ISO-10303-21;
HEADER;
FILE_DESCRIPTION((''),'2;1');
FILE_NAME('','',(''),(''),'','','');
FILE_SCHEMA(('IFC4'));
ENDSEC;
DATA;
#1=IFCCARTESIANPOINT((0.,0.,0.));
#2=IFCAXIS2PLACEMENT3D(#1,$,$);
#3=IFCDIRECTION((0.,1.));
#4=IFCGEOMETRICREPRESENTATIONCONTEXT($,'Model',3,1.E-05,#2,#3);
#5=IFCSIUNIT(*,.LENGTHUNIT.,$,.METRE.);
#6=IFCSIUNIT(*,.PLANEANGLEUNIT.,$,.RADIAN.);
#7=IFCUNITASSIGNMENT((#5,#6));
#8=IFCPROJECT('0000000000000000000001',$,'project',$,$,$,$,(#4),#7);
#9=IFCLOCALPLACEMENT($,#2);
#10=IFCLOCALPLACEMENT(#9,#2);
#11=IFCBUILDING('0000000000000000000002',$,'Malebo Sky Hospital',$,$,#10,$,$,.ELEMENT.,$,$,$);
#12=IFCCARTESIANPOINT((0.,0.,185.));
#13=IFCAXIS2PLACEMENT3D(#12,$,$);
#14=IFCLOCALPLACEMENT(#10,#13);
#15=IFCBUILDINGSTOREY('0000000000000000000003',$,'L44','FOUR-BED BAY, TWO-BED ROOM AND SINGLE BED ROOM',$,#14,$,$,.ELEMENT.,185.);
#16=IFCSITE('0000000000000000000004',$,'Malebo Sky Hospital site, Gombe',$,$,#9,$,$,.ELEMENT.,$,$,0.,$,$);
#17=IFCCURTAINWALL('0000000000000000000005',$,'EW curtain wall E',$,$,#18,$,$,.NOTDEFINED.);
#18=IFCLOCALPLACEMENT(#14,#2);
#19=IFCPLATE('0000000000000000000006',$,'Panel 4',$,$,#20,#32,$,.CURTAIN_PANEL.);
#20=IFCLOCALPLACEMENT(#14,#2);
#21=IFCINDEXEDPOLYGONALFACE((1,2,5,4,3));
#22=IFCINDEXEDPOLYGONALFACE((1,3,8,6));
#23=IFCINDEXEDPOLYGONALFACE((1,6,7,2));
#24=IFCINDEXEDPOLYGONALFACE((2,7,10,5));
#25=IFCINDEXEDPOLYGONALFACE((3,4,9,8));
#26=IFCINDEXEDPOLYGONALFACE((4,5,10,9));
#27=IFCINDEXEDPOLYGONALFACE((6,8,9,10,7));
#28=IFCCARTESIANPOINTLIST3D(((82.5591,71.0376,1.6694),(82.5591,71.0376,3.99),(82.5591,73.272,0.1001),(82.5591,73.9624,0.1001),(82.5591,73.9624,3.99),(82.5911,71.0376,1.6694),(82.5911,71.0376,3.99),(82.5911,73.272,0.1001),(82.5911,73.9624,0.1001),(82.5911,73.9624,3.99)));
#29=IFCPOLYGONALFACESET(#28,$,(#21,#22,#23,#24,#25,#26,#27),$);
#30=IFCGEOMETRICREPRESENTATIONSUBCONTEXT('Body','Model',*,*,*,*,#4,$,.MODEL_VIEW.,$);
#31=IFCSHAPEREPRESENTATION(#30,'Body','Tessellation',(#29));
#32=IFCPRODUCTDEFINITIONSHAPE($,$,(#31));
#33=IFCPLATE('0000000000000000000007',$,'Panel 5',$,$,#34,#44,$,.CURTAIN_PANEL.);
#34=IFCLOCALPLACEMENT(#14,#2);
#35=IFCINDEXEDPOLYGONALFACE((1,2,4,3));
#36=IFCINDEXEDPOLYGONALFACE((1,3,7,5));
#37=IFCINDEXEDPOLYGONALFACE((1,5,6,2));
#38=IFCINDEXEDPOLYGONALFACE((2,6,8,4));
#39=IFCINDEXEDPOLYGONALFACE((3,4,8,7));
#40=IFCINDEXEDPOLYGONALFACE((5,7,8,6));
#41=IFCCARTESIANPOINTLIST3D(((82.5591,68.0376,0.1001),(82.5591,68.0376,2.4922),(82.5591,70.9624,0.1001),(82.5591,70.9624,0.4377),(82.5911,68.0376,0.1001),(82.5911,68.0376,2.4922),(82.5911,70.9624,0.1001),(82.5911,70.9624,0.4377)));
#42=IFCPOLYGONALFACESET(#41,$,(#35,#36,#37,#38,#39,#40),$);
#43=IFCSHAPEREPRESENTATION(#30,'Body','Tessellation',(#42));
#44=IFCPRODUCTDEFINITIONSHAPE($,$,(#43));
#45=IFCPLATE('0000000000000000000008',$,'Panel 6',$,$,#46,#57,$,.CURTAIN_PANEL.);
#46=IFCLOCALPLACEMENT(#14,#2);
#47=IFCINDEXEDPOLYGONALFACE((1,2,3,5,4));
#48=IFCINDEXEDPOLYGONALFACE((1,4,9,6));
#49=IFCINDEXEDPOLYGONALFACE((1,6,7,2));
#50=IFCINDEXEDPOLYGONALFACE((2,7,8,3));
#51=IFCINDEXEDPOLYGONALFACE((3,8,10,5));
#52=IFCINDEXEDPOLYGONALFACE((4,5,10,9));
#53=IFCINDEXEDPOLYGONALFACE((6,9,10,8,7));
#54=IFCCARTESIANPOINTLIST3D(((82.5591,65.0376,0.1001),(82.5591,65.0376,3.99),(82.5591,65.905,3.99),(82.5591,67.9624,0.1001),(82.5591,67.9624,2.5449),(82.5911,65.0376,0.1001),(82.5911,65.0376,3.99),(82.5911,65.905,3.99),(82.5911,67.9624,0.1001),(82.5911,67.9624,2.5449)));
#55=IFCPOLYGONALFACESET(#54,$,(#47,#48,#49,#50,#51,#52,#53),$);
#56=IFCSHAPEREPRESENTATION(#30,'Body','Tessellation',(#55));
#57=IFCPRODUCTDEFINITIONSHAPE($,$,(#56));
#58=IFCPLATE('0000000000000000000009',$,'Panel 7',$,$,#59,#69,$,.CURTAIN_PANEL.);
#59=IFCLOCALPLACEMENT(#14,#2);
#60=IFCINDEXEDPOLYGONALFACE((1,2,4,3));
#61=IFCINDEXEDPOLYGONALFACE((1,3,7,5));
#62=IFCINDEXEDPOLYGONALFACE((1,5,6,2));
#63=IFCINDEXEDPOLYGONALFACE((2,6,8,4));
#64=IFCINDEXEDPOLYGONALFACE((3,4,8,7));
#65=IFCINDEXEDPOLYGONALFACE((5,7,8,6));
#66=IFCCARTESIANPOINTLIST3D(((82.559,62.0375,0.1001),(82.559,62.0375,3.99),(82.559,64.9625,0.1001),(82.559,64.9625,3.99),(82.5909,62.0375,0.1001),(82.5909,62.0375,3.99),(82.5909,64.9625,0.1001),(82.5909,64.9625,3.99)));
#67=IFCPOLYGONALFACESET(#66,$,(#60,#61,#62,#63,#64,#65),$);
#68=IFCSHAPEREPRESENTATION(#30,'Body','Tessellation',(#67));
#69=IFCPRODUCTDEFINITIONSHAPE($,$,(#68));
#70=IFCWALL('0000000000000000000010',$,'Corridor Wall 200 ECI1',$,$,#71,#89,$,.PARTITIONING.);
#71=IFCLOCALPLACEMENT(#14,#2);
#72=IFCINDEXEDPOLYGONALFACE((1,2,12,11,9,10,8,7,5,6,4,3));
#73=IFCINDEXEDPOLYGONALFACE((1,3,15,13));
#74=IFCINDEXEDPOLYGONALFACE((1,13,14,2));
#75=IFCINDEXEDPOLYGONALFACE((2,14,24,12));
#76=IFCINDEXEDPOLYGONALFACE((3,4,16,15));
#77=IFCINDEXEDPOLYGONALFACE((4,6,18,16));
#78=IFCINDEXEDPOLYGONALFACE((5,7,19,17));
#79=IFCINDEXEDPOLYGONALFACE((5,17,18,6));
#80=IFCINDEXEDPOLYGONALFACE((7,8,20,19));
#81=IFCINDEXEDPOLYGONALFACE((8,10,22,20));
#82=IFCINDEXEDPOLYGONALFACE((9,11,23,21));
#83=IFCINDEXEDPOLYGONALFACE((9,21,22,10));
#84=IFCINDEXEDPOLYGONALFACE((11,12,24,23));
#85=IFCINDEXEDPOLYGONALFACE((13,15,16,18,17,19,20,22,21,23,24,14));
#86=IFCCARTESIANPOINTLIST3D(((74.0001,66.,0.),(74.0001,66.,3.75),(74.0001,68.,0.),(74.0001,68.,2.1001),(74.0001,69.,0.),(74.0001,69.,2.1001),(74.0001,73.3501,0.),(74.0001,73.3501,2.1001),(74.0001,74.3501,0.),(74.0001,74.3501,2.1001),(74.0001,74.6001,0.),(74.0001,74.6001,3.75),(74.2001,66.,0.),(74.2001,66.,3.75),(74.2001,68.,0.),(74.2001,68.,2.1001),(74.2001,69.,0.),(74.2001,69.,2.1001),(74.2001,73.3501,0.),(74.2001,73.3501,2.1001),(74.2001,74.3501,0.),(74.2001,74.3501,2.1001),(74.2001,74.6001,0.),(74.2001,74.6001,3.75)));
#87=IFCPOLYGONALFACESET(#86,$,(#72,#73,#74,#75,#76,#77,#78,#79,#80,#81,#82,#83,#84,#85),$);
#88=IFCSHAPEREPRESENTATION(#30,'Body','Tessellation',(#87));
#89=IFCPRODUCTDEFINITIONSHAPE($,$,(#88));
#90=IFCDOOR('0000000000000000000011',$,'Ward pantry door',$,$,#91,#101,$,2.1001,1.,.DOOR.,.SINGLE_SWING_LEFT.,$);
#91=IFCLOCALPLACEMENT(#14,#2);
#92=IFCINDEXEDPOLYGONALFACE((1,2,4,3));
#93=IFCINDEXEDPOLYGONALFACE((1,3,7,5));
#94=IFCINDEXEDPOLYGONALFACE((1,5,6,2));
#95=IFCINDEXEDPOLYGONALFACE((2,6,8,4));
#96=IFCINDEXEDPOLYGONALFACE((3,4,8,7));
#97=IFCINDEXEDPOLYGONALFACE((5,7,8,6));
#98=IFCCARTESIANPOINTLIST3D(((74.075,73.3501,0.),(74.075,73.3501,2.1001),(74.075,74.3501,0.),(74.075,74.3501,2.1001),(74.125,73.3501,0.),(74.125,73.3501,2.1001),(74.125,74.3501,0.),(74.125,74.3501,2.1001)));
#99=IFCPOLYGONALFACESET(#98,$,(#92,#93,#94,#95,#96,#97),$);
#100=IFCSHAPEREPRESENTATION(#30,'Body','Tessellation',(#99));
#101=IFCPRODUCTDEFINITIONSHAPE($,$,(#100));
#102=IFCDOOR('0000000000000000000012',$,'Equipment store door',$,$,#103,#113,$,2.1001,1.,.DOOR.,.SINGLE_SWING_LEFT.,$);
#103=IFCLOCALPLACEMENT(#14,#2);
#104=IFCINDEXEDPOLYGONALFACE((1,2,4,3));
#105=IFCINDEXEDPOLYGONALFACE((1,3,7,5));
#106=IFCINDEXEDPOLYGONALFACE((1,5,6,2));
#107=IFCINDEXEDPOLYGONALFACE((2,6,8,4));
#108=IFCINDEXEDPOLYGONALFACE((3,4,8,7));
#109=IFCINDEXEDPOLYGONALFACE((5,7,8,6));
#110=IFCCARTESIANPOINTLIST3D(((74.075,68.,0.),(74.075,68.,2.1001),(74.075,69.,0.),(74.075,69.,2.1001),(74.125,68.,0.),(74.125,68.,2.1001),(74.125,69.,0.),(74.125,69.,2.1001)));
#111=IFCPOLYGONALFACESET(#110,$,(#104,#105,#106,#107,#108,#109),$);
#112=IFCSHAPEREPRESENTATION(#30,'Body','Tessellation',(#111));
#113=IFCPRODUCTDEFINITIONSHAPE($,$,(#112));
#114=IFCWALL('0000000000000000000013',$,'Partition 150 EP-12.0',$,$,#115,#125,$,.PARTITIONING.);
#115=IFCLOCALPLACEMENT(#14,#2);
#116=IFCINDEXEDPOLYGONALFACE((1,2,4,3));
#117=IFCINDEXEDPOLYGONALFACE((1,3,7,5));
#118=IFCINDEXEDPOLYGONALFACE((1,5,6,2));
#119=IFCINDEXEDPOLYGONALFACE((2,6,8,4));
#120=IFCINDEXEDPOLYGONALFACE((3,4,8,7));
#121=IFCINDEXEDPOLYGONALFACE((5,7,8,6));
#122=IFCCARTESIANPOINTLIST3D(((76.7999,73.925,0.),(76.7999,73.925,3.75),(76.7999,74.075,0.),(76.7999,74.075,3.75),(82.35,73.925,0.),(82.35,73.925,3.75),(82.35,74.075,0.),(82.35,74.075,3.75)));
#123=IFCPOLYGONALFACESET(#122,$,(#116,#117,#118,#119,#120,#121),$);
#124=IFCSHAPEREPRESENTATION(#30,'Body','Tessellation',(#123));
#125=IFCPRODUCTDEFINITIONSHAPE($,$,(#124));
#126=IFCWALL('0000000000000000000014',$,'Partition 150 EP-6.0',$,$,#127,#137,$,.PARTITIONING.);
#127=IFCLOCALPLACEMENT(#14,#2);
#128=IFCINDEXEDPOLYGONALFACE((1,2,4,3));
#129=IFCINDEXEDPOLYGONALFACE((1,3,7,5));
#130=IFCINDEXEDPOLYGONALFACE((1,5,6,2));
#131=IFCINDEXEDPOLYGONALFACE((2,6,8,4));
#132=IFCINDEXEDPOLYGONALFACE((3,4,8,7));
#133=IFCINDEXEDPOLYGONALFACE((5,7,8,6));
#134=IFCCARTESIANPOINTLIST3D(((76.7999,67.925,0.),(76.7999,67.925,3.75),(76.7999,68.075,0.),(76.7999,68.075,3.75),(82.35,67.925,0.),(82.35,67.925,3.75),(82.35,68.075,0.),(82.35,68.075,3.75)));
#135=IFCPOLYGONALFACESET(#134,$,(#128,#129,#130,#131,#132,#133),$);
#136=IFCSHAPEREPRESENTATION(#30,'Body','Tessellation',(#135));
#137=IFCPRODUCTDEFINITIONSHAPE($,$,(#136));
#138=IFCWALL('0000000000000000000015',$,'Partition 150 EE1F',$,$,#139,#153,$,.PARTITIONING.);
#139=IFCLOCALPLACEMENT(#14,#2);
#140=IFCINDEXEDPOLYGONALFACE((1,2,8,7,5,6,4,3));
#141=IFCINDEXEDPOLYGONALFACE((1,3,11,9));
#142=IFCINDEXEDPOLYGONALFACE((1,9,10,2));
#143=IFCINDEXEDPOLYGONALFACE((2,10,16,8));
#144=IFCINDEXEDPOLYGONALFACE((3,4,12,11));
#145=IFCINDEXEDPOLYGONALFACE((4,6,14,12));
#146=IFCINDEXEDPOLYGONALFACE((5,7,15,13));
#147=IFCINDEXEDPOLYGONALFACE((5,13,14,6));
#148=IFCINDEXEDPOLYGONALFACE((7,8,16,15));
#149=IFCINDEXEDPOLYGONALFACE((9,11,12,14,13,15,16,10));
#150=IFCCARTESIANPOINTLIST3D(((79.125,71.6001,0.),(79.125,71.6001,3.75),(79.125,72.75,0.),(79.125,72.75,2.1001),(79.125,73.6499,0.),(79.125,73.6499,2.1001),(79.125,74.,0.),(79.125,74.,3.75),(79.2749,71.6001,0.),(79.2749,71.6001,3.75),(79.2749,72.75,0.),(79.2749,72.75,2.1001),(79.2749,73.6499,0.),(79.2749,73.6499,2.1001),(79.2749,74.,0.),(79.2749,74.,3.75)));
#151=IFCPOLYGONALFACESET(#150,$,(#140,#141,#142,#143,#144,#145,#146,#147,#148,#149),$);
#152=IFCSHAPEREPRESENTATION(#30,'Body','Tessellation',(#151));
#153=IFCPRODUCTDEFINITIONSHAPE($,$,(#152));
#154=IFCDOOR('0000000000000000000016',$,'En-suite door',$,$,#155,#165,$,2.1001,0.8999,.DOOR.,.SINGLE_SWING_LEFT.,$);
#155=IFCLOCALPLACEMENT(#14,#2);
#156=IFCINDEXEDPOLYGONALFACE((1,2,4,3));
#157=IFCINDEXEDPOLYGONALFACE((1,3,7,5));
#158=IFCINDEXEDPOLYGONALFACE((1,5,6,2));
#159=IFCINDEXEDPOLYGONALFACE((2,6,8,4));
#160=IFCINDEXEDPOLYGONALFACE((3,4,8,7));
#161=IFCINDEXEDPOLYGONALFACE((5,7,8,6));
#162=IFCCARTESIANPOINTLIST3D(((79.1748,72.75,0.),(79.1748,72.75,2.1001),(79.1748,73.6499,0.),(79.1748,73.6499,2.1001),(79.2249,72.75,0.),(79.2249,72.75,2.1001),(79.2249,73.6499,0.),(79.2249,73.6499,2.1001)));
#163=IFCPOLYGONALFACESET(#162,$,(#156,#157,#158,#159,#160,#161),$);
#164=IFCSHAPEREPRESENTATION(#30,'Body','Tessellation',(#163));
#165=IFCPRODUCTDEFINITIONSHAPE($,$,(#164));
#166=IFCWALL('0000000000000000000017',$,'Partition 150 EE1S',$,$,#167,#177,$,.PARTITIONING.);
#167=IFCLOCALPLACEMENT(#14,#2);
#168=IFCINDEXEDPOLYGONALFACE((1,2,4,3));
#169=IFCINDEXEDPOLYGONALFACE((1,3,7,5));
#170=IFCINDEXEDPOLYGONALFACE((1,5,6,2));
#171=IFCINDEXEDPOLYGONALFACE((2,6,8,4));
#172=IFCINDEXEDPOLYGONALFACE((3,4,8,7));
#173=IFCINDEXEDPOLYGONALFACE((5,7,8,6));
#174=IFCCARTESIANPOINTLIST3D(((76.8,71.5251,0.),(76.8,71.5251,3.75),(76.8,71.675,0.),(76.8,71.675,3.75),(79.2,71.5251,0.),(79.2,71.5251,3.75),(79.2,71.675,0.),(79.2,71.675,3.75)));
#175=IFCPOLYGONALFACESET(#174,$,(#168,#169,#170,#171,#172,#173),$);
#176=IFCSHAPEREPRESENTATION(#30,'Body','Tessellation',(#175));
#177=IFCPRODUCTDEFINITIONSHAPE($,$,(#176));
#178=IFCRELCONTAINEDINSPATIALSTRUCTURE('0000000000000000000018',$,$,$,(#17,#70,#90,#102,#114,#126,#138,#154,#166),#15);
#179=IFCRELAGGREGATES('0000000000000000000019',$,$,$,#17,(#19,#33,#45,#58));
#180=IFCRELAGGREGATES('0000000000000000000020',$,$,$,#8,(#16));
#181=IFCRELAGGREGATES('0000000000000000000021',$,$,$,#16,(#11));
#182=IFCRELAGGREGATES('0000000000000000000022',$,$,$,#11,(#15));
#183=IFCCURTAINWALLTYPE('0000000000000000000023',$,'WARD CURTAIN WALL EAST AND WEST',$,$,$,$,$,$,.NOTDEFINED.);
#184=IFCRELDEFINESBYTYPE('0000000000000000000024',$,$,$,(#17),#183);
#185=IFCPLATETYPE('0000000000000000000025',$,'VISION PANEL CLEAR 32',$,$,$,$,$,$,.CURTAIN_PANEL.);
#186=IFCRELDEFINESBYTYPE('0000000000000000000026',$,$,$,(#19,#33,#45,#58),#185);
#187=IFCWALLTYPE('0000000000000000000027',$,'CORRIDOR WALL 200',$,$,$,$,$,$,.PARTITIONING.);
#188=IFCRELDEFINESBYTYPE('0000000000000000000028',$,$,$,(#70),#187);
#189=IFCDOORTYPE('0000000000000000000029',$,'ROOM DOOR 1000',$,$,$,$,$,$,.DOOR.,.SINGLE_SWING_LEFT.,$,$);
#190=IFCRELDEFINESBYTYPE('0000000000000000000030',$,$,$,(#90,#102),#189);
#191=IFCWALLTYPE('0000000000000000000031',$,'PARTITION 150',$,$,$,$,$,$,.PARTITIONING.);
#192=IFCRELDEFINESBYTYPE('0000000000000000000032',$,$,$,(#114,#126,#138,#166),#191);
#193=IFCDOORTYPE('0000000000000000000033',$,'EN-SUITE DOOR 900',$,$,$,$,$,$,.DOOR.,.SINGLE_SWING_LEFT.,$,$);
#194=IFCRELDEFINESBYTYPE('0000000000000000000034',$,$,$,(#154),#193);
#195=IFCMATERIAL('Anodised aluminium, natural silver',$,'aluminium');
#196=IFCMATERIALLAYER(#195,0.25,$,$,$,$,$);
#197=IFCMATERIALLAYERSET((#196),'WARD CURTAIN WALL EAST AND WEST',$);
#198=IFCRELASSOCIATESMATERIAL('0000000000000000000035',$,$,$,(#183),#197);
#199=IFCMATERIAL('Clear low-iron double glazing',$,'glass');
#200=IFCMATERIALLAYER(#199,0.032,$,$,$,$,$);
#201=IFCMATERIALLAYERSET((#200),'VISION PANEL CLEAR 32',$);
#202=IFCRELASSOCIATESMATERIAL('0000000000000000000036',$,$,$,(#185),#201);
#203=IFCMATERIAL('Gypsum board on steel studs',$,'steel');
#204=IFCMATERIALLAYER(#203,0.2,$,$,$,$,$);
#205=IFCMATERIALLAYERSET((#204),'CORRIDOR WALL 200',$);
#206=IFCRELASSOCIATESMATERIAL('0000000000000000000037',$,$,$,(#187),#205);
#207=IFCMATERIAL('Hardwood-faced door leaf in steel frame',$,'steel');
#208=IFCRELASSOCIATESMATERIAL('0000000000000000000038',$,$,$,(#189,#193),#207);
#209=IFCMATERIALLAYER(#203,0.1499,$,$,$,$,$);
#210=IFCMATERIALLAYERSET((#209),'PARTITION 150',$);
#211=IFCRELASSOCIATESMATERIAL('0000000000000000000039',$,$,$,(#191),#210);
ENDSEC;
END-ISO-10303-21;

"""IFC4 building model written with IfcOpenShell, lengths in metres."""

from ifc_helpers import new_model, si_unit, direction, frame, frame_2d, origin, origin_2d, place, context, subcontext, project, spatial, polyline, rectangle, outline, extrude, material, layer, layer_set, type_object, element, fill, aggregate, save


model = new_model("IFC4")

# Units and contexts
model_context = context("Model", 3, precision=1e-05, world=origin(), true_north=direction((0.0, 1.0)))
body_context = subcontext(model_context, "Body", "Model", "MODEL_VIEW")
ifc_project = project(units=[si_unit("LENGTHUNIT", "METRE"), si_unit("PLANEANGLEUNIT", "RADIAN")], contexts=[model_context])

# Site, building, storey
site_placement = place(None, origin())
site = spatial("IfcSite", under=ifc_project, at=site_placement, Name="Malebo Sky Hospital site, Gombe", CompositionType="ELEMENT", RefElevation=0.0)
building_placement = place(site_placement, origin())
building = spatial("IfcBuilding", under=site, at=building_placement, Name="Malebo Sky Hospital", CompositionType="ELEMENT")
storey_placement = place(building_placement, frame((0.0, 0.0, 185.0)))
storey = spatial("IfcBuildingStorey", under=building, at=storey_placement, Name="L44", Description="FOUR-BED BAY, TWO-BED ROOM AND SINGLE BED ROOM", CompositionType="ELEMENT", Elevation=185.0)

# Curtain wall
ifc_material_1 = material(Name="Anodised aluminium, natural silver", Category="aluminium")
ifc_layer_1 = layer(ifc_material_1, 0.25)
ifc_layer_set_1 = layer_set([ifc_layer_1], Name="WARD CURTAIN WALL EAST AND WEST")
curtain_wall_type = type_object("IfcCurtainWallType", Name="WARD CURTAIN WALL EAST AND WEST", PredefinedType="NOTDEFINED", material=ifc_layer_set_1)
curtain_wall_placement = place(storey_placement, origin())
curtain_wall = element("IfcCurtainWall", 1, at=curtain_wall_placement, inside=storey, type_object=curtain_wall_type, Name="EW curtain wall E", PredefinedType="NOTDEFINED")

# Plates
ifc_material_2 = material(Name="Clear low-iron double glazing", Category="glass")
ifc_layer_2 = layer(ifc_material_2, 0.032)
ifc_layer_set_2 = layer_set([ifc_layer_2], Name="VISION PANEL CLEAR 32")
plate_type = type_object("IfcPlateType", Name="VISION PANEL CLEAR 32", PredefinedType="CURTAIN_PANEL", material=ifc_layer_set_2)
plate_1_placement = place(storey_placement, frame((82.575, 72.5, 0.1001), z_axis=(0.0, 0.0, 1.0), x_axis=(0.0, -1.0, 0.0)))
plate_1 = element("IfcPlate", 2, at=plate_1_placement, type_object=plate_type, Name="Panel 4", PredefinedType="CURTAIN_PANEL", context=body_context, shape_type="SweptSolid", body=[
    extrude(outline(polyline([(-1.4624, 0.0), (-0.772, 0.0), (1.4624, 1.5693), (1.4624, 3.8899), (-1.4624, 3.8899), (-1.4624, 0.0)])), frame((0.0, 0.0161, 0.0), z_axis=(0.0, -1.0, 0.0), x_axis=(1.0, 0.0, 0.0)), (0.0, 0.0, 1.0), 0.032),
])
plate_2_placement = place(storey_placement, frame((82.575, 69.5, 0.1001), z_axis=(0.0, 0.0, 1.0), x_axis=(0.0, -1.0, 0.0)))
plate_2 = element("IfcPlate", 3, at=plate_2_placement, type_object=plate_type, Name="Panel 5", PredefinedType="CURTAIN_PANEL", context=body_context, shape_type="SweptSolid", body=[
    extrude(outline(polyline([(-1.4624, 0.0), (1.4624, 0.0), (1.4624, 2.3921), (-1.4624, 0.3376), (-1.4624, 0.0)])), frame((0.0, 0.0161, 0.0), z_axis=(0.0, -1.0, 0.0), x_axis=(1.0, 0.0, 0.0)), (0.0, 0.0, 1.0), 0.032),
])
plate_3_placement = place(storey_placement, frame((82.575, 66.5, 0.1001), z_axis=(0.0, 0.0, 1.0), x_axis=(0.0, -1.0, 0.0)))
plate_3 = element("IfcPlate", 4, at=plate_3_placement, type_object=plate_type, Name="Panel 6", PredefinedType="CURTAIN_PANEL", context=body_context, shape_type="SweptSolid", body=[
    extrude(outline(polyline([(-1.4624, 0.0), (1.4624, 0.0), (1.4624, 3.8899), (0.595, 3.8899), (-1.4624, 2.4448), (-1.4624, 0.0)])), frame((0.0, 0.0161, 0.0), z_axis=(0.0, -1.0, 0.0), x_axis=(1.0, 0.0, 0.0)), (0.0, 0.0, 1.0), 0.032),
])
plate_4_placement = place(storey_placement, frame((82.575, 63.5, 0.1001), z_axis=(0.0, 0.0, 1.0), x_axis=(0.0, -1.0, 0.0)))
plate_4 = element("IfcPlate", 5, at=plate_4_placement, type_object=plate_type, Name="Panel 7", PredefinedType="CURTAIN_PANEL", context=body_context, shape_type="SweptSolid", body=[
    extrude(rectangle(XDim=2.925, YDim=0.032, at=origin_2d()), origin(), (0.0, 0.0, 1.0), 3.8899),
])
aggregate(curtain_wall, [plate_1, plate_2, plate_3, plate_4])

# Wall, openings, doors
ifc_material_3 = material(Name="Gypsum board on steel studs", Category="steel")
ifc_layer_3 = layer(ifc_material_3, 0.2)
ifc_layer_set_3 = layer_set([ifc_layer_3], Name="CORRIDOR WALL 200")
wall_type_1 = type_object("IfcWallType", Name="CORRIDOR WALL 200", PredefinedType="PARTITIONING", material=ifc_layer_set_3)
wall_1_placement = place(storey_placement, frame((74.1001, 74.6001, 0.0), z_axis=(0.0, 0.0, 1.0), x_axis=(0.0, -1.0, 0.0)))
wall_1 = element("IfcWall", 6, at=wall_1_placement, inside=storey, type_object=wall_type_1, Name="Corridor Wall 200 ECI1", PredefinedType="PARTITIONING", context=body_context, shape_type="SweptSolid", body=[
    extrude(rectangle(XDim=8.6001, YDim=0.2, at=frame_2d((4.3, 0.0))), origin(), (0.0, 0.0, 1.0), 3.75),
])
opening_1_placement = place(wall_1_placement, frame((0.25, 0.0, 0.0)))
opening_1 = element("IfcOpeningElement", 7, at=opening_1_placement, cuts=wall_1, PredefinedType="OPENING", context=body_context, shape_type="SweptSolid", body=[
    extrude(rectangle(XDim=1.0, YDim=2.1001, at=frame_2d((0.5, 1.05))), frame((0.0, 0.1099, 0.0), z_axis=(0.0, -1.0, 0.0), x_axis=(1.0, 0.0, 0.0)), (0.0, 0.0, 1.0), 0.22),
])
opening_2_placement = place(wall_1_placement, frame((5.6001, 0.0, 0.0)))
opening_2 = element("IfcOpeningElement", 8, at=opening_2_placement, cuts=wall_1, PredefinedType="OPENING", context=body_context, shape_type="SweptSolid", body=[
    extrude(rectangle(XDim=1.0, YDim=2.1001, at=frame_2d((0.5, 1.05))), frame((0.0, 0.1099, 0.0), z_axis=(0.0, -1.0, 0.0), x_axis=(1.0, 0.0, 0.0)), (0.0, 0.0, 1.0), 0.22),
])
ifc_material_4 = material(Name="Hardwood-faced door leaf in steel frame", Category="steel")
door_type_1 = type_object("IfcDoorType", Name="ROOM DOOR 1000", OperationType="SINGLE_SWING_LEFT", PredefinedType="DOOR", material=ifc_material_4)
door_1_placement = place(opening_1_placement, origin())
door_1 = element("IfcDoor", 9, at=door_1_placement, inside=storey, type_object=door_type_1, Name="Ward pantry door", OperationType="SINGLE_SWING_LEFT", OverallHeight=2.1001, OverallWidth=1.0, PredefinedType="DOOR", context=body_context, shape_type="SweptSolid", body=[
    extrude(rectangle(XDim=1.0, YDim=2.1001, at=frame_2d((0.5, 1.05))), frame((0.0, 0.0249, 0.0), z_axis=(0.0, -1.0, 0.0), x_axis=(1.0, 0.0, 0.0)), (0.0, 0.0, 1.0), 0.05),
])
fill(opening_1, door_1)
door_2_placement = place(opening_2_placement, origin())
door_2 = element("IfcDoor", 10, at=door_2_placement, inside=storey, type_object=door_type_1, Name="Equipment store door", OperationType="SINGLE_SWING_LEFT", OverallHeight=2.1001, OverallWidth=1.0, PredefinedType="DOOR", context=body_context, shape_type="SweptSolid", body=[
    extrude(rectangle(XDim=1.0, YDim=2.1001, at=frame_2d((0.5, 1.05))), frame((0.0, 0.0249, 0.0), z_axis=(0.0, -1.0, 0.0), x_axis=(1.0, 0.0, 0.0)), (0.0, 0.0, 1.0), 0.05),
])
fill(opening_2, door_2)

# Walls
ifc_layer_4 = layer(ifc_material_3, 0.1499)
ifc_layer_set_4 = layer_set([ifc_layer_4], Name="PARTITION 150")
wall_type_2 = type_object("IfcWallType", Name="PARTITION 150", PredefinedType="PARTITIONING", material=ifc_layer_set_4)
for number, where, z_axis, x_axis, name in (
    (11, (76.8, 74.0, 0.0), (0.0, 0.0, 1.0), (1.0, 0.0, 0.0), "Partition 150 EP-12.0"),
    (12, (76.8, 68.0, 0.0), (0.0, 0.0, 1.0), (1.0, 0.0, 0.0), "Partition 150 EP-6.0"),
):
    element("IfcWall", number, at=place(storey_placement, frame(where, z_axis=z_axis, x_axis=x_axis)), inside=storey, type_object=wall_type_2, Name=name, PredefinedType="PARTITIONING", context=body_context, shape_type="SweptSolid", body=[
        extrude(rectangle(XDim=5.55, YDim=0.1499, at=frame_2d((2.7749, 0.0))), origin(), (0.0, 0.0, 1.0), 3.75),
    ])

# Wall, opening, door
wall_2_placement = place(storey_placement, frame((79.2, 74.0, 0.0), z_axis=(0.0, 0.0, 1.0), x_axis=(0.0, -1.0, 0.0)))
wall_2 = element("IfcWall", 13, at=wall_2_placement, inside=storey, type_object=wall_type_2, Name="Partition 150 EE1F", PredefinedType="PARTITIONING", context=body_context, shape_type="SweptSolid", body=[
    extrude(rectangle(XDim=2.3999, YDim=0.1499, at=frame_2d((1.2, 0.0))), origin(), (0.0, 0.0, 1.0), 3.75),
])
opening_3_placement = place(wall_2_placement, frame((0.3501, 0.0, 0.0)))
opening_3 = element("IfcOpeningElement", 14, at=opening_3_placement, cuts=wall_2, PredefinedType="OPENING", context=body_context, shape_type="SweptSolid", body=[
    extrude(rectangle(XDim=0.8999, YDim=2.1001, at=frame_2d((0.45, 1.05))), frame((0.0, 0.085, 0.0), z_axis=(0.0, -1.0, 0.0), x_axis=(1.0, 0.0, 0.0)), (0.0, 0.0, 1.0), 0.1699),
])
door_type_2 = type_object("IfcDoorType", Name="EN-SUITE DOOR 900", OperationType="SINGLE_SWING_LEFT", PredefinedType="DOOR", material=ifc_material_4)
door_3_placement = place(opening_3_placement, origin())
door_3 = element("IfcDoor", 15, at=door_3_placement, inside=storey, type_object=door_type_2, Name="En-suite door", OperationType="SINGLE_SWING_LEFT", OverallHeight=2.1001, OverallWidth=0.8999, PredefinedType="DOOR", context=body_context, shape_type="SweptSolid", body=[
    extrude(rectangle(XDim=0.8999, YDim=2.1001, at=frame_2d((0.45, 1.05))), frame((0.0, 0.0249, 0.0), z_axis=(0.0, -1.0, 0.0), x_axis=(1.0, 0.0, 0.0)), (0.0, 0.0, 1.0), 0.05),
])
fill(opening_3, door_3)

# Wall
wall_3_placement = place(storey_placement, frame((76.8, 71.6001, 0.0), z_axis=(0.0, 0.0, 1.0), x_axis=(1.0, 0.0, 0.0)))
element("IfcWall", 16, at=wall_3_placement, inside=storey, type_object=wall_type_2, Name="Partition 150 EE1S", PredefinedType="PARTITIONING", context=body_context, shape_type="SweptSolid", body=[
    extrude(rectangle(XDim=2.3999, YDim=0.1499, at=frame_2d((1.2, 0.0))), origin(), (0.0, 0.0, 1.0), 3.75),
])

save(model, "model.ifc")
